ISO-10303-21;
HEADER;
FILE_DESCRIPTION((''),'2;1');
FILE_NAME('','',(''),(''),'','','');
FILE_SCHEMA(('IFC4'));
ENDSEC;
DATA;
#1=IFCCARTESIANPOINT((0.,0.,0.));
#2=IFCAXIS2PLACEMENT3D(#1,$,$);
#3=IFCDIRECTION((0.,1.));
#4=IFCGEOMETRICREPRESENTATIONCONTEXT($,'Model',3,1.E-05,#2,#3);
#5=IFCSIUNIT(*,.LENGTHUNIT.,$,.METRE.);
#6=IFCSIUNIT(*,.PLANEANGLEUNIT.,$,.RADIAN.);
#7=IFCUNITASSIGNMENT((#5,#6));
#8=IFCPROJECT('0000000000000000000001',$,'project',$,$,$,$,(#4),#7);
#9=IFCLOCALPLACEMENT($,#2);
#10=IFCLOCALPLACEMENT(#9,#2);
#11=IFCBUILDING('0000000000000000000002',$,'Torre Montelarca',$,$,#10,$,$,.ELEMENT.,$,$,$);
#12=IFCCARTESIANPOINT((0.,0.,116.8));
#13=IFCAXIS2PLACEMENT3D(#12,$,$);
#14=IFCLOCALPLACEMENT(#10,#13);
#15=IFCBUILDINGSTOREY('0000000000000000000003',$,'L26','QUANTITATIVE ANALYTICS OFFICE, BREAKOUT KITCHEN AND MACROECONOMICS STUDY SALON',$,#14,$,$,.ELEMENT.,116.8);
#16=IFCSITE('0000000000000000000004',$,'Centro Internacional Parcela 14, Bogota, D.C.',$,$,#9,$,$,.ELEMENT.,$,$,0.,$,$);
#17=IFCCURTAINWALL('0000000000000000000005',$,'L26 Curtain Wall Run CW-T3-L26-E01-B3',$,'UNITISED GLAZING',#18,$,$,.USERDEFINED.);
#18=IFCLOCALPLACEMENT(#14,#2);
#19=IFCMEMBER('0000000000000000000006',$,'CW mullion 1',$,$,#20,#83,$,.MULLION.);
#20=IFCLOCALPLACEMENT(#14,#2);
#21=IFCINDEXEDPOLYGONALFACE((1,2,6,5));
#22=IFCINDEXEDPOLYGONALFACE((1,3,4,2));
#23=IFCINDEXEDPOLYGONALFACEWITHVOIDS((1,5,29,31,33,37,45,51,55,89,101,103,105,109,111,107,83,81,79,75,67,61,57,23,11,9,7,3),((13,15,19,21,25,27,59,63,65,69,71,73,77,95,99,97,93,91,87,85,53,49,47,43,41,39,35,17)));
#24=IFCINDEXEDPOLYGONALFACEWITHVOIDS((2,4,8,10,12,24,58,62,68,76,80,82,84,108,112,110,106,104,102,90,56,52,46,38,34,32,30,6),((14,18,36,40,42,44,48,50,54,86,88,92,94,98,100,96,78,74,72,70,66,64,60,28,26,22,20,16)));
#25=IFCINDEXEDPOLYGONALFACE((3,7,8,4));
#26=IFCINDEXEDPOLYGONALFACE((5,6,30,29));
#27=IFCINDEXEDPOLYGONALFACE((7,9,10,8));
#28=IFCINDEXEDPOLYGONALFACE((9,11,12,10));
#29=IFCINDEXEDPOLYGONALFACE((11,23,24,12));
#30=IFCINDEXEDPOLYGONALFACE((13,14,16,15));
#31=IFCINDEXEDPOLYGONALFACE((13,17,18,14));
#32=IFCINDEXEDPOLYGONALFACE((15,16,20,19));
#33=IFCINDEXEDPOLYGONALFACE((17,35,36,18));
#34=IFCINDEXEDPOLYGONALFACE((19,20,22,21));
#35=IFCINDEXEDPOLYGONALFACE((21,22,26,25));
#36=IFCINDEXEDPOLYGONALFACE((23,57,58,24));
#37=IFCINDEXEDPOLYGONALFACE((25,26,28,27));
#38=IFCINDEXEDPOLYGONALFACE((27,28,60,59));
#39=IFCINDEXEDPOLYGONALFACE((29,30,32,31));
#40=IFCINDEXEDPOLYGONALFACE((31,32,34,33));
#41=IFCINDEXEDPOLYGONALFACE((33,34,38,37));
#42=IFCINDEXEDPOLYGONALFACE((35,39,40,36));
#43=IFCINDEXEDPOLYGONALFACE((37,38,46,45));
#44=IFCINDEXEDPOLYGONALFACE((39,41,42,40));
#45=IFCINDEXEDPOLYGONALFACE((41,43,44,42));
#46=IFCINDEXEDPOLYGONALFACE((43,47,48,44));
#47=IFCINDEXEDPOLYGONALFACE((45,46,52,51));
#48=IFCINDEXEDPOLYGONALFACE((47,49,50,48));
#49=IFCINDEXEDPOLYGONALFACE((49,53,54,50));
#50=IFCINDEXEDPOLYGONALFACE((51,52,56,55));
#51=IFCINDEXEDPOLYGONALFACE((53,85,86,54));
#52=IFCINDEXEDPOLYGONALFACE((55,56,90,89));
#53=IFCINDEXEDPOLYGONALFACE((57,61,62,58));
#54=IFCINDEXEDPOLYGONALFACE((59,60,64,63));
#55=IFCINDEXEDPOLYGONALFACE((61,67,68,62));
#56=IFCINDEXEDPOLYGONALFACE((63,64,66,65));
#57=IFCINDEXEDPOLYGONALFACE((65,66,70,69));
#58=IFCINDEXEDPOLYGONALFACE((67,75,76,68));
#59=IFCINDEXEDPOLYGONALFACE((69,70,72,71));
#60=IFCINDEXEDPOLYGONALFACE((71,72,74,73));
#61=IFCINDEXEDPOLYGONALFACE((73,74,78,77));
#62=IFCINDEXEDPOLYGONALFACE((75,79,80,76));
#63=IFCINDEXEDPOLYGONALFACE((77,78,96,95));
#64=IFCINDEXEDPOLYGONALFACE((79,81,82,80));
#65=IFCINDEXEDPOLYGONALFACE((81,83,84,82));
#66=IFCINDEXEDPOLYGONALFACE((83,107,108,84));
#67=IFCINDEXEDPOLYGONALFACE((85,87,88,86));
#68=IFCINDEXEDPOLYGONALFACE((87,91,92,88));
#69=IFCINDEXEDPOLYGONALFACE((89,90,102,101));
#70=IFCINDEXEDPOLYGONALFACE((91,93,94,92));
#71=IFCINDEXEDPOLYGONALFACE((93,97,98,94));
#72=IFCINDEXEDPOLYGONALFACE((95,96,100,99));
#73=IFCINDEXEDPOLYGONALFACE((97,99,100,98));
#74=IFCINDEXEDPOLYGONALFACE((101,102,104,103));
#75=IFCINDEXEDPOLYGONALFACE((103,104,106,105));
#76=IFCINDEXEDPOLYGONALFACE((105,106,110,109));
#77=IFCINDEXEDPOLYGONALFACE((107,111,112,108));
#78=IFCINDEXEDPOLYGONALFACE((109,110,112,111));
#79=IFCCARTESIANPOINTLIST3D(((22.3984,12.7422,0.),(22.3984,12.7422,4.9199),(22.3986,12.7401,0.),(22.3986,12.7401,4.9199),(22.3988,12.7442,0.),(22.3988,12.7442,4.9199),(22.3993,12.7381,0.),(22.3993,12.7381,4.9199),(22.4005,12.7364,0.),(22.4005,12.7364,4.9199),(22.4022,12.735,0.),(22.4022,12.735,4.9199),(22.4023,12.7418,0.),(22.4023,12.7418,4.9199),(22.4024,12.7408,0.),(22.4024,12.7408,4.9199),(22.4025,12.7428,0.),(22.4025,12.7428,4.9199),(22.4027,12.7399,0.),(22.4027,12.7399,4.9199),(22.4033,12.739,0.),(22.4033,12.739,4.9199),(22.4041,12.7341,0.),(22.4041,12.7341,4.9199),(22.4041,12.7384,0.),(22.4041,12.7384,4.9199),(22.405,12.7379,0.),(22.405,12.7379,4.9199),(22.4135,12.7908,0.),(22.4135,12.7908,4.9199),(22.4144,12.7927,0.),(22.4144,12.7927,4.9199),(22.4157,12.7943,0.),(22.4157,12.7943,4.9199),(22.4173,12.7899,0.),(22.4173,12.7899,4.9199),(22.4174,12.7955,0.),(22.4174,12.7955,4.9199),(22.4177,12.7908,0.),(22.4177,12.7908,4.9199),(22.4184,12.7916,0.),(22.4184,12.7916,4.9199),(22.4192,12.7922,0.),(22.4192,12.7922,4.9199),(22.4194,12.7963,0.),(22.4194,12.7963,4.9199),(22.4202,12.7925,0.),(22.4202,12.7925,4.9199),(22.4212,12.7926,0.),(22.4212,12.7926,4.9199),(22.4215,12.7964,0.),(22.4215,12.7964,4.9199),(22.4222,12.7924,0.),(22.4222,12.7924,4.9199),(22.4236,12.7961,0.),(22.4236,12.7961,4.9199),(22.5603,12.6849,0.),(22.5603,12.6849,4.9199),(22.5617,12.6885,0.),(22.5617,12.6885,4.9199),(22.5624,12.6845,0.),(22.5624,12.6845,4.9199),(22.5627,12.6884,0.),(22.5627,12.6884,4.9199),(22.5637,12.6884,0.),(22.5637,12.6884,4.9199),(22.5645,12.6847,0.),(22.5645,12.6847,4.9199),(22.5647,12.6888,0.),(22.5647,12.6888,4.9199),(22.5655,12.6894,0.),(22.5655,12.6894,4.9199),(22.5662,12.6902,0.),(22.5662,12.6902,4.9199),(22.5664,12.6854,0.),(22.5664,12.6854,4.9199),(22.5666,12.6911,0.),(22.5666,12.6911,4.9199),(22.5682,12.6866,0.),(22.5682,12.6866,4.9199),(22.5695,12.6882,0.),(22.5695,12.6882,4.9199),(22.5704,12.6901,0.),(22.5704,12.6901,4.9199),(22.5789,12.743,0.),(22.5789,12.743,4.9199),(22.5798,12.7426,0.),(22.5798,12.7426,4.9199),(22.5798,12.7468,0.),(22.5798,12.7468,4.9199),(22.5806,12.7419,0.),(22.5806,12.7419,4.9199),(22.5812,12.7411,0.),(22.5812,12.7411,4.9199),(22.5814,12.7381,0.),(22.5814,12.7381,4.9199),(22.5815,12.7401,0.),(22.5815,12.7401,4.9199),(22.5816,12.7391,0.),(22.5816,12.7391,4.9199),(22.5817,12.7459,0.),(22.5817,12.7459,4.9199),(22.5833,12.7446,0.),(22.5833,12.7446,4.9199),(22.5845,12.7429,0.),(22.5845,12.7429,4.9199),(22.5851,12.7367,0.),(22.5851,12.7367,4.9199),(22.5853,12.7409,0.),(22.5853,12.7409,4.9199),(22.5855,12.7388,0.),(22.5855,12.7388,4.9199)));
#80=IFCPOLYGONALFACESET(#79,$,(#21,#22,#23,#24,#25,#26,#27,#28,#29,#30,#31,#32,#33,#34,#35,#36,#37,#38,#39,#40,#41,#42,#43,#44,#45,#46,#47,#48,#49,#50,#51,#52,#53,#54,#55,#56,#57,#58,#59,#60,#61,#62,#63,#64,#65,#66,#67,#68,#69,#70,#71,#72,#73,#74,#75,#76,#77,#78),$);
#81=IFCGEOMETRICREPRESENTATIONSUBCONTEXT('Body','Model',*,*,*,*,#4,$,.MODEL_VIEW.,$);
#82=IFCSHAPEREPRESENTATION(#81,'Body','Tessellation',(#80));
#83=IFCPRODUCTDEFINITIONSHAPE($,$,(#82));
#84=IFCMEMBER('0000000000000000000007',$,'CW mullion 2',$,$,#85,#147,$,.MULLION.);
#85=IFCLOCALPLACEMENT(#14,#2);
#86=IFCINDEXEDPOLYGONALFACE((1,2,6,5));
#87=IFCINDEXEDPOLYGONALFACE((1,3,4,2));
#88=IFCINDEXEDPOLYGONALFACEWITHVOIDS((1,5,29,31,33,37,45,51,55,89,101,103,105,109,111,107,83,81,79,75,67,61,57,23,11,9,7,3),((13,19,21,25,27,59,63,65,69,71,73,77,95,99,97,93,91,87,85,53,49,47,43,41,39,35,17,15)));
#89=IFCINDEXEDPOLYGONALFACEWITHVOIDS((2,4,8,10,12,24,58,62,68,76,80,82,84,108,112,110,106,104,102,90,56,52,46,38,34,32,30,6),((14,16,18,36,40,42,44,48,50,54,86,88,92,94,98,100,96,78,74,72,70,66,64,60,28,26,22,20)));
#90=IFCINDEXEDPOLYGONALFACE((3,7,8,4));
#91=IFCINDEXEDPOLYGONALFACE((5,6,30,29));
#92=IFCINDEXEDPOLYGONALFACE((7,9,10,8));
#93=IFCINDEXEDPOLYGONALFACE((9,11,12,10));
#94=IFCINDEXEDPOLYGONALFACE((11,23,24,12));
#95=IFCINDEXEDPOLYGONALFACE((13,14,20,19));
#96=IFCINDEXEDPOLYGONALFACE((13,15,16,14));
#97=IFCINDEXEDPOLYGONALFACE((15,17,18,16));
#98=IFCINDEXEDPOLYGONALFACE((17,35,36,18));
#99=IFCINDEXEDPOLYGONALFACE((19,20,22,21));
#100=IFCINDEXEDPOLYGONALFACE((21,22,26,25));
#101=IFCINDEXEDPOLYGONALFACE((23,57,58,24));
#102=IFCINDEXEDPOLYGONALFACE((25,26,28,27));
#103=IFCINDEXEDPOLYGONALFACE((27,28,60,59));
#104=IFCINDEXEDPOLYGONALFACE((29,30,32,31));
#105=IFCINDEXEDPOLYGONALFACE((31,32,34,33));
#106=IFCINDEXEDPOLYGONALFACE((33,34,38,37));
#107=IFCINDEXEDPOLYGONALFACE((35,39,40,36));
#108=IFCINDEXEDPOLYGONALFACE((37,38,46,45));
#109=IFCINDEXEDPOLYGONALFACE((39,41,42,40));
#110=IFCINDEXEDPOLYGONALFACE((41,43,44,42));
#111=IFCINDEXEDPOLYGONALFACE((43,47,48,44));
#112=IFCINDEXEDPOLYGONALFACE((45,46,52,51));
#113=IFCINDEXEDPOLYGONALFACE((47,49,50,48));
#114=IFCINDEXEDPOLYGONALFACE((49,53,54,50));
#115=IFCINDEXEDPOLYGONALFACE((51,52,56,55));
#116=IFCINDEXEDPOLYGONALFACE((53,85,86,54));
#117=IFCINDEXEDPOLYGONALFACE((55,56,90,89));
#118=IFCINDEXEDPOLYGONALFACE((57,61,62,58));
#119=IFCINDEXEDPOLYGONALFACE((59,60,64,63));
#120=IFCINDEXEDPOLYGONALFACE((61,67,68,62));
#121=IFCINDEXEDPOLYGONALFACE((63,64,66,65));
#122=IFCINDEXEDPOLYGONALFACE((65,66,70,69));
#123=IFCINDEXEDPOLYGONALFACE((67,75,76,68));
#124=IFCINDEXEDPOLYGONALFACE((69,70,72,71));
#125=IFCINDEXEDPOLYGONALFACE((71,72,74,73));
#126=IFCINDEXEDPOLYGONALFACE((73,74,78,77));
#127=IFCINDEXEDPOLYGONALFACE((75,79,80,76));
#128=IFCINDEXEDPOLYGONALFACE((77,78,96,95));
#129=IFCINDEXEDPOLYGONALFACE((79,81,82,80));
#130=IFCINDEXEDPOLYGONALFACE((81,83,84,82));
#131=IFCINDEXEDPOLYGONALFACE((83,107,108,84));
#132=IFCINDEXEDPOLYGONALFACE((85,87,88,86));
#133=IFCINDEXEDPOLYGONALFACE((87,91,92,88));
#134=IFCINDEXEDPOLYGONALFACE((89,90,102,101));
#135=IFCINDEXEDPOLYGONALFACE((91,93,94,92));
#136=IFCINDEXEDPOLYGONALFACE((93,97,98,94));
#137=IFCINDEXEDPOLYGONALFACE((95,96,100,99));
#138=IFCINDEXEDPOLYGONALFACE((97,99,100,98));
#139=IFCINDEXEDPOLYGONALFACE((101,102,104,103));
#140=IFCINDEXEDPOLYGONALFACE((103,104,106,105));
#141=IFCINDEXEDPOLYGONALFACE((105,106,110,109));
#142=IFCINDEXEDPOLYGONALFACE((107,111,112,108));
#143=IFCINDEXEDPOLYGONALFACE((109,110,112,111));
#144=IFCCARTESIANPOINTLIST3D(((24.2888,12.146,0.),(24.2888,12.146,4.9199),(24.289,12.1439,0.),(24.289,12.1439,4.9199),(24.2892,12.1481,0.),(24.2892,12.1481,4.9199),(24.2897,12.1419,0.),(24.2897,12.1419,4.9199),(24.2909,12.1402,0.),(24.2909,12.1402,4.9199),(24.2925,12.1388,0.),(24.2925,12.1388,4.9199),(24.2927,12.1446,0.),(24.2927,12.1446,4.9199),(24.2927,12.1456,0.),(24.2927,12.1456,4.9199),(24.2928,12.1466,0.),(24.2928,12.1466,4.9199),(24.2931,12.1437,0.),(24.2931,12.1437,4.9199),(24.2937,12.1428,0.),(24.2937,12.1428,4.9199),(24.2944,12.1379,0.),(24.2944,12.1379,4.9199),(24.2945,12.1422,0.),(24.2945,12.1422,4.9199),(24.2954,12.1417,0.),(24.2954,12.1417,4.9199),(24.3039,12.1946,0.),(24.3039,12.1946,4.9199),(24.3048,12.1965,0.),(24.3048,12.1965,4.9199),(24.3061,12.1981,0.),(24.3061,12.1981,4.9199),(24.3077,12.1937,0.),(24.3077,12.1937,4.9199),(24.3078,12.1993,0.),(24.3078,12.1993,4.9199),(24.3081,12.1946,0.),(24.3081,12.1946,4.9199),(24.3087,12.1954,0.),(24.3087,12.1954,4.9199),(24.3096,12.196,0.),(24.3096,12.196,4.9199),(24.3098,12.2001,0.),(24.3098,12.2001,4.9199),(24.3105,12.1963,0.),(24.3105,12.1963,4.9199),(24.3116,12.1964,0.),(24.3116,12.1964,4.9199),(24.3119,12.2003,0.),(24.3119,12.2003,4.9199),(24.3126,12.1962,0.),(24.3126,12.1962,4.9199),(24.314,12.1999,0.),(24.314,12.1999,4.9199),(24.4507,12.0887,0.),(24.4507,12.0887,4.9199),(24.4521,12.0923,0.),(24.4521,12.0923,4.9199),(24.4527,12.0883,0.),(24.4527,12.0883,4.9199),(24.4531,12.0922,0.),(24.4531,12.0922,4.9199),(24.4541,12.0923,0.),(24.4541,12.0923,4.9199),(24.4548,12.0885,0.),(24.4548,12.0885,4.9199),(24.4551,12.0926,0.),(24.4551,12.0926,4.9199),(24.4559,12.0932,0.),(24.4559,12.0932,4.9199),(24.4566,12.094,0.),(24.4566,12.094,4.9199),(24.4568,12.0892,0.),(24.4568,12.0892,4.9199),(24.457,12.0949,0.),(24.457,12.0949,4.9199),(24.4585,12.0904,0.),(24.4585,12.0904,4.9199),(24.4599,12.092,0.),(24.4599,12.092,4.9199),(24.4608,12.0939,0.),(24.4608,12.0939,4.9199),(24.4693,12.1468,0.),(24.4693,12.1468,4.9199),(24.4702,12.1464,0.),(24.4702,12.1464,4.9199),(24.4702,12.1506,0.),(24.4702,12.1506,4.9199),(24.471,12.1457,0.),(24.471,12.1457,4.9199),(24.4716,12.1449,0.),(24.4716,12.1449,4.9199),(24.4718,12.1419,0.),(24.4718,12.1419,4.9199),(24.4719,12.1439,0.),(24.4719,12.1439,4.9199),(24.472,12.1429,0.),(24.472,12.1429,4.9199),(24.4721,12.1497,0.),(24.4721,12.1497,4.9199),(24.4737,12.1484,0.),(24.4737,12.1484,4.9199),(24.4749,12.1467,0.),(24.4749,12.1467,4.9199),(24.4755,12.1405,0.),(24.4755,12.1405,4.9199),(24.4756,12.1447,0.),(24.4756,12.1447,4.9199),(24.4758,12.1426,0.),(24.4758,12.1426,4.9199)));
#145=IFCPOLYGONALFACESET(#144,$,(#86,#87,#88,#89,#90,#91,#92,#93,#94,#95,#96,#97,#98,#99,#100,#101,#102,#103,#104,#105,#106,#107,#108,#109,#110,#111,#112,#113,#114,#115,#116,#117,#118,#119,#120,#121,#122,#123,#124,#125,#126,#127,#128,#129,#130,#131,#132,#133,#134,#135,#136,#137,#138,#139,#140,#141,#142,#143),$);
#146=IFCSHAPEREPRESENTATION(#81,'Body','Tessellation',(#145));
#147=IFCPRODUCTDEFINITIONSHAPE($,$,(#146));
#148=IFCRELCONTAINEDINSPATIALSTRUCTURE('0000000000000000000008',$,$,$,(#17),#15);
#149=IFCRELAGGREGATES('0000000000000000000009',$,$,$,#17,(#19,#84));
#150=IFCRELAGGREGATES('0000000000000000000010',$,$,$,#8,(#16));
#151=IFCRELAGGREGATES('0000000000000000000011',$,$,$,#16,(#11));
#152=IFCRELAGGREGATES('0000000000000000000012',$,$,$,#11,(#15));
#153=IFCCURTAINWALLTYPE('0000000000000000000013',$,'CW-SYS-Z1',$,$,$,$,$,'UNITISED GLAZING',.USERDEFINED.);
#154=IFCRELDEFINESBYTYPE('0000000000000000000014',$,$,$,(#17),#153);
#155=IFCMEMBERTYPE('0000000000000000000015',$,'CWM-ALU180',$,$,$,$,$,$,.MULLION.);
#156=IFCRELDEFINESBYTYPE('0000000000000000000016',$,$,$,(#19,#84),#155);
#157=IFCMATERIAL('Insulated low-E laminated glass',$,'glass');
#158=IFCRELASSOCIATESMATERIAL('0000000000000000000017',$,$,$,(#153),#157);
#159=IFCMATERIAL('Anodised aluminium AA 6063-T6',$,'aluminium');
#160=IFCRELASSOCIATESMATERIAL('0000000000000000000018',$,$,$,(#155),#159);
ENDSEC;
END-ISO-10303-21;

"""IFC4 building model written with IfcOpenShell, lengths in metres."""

from ifc_helpers import new_model, si_unit, direction, frame, origin, origin_2d, place, context, subcontext, project, spatial, hollow_rectangle, extrude, source, transform, mapped, material, material_profile, profile_set, type_object, element, aggregate, save


model = new_model("IFC4")

# Units and contexts
model_context = context("Model", 3, precision=1e-05, world=origin(), true_north=direction((0.0, 1.0)))
body_context = subcontext(model_context, "Body", "Model", "MODEL_VIEW")
ifc_project = project(units=[si_unit("LENGTHUNIT", "METRE"), si_unit("PLANEANGLEUNIT", "RADIAN")], contexts=[model_context])

# Site, building, storey
site_placement = place(None, origin())
site = spatial("IfcSite", under=ifc_project, at=site_placement, Name="Centro Internacional Parcela 14, Bogota, D.C.", CompositionType="ELEMENT", RefElevation=0.0)
building_placement = place(site_placement, origin())
building = spatial("IfcBuilding", under=site, at=building_placement, Name="Torre Montelarca", CompositionType="ELEMENT")
storey_placement = place(building_placement, frame((0.0, 0.0, 116.8)))
storey = spatial("IfcBuildingStorey", under=building, at=storey_placement, Name="L26", Description="QUANTITATIVE ANALYTICS OFFICE, BREAKOUT KITCHEN AND MACROECONOMICS STUDY SALON", CompositionType="ELEMENT", Elevation=116.8)

# Curtain wall
ifc_material_1 = material(Name="Insulated low-E laminated glass", Category="glass")
curtain_wall_type = type_object("IfcCurtainWallType", Name="CW-SYS-Z1", ElementType="UNITISED GLAZING", PredefinedType="USERDEFINED", material=ifc_material_1)
curtain_wall_1_placement = place(storey_placement, origin())
curtain_wall_1 = element("IfcCurtainWall", 1, at=curtain_wall_1_placement, inside=storey, type_object=curtain_wall_type, Name="L26 Curtain Wall Run CW-T3-L26-E01-B3", ObjectType="UNITISED GLAZING", PredefinedType="USERDEFINED")
ifc_material_2 = material(Name="Anodised aluminium AA 6063-T6", Category="aluminium")

# Members
ifc_material_profile_1 = material_profile(ifc_material_2, hollow_rectangle(XDim=0.0649, YDim=0.1799, WallThickness=0.0039, InnerFilletRadius=0.0039, OuterFilletRadius=0.0081, at=origin_2d()), Name="ALU65X180X4", Category="aluminium")
ifc_profile_set_1 = profile_set([ifc_material_profile_1], Name="Anodised aluminium AA 6063-T6")
member_type_1 = type_object("IfcMemberType", Name="CWM-ALU180", PredefinedType="MULLION", material=ifc_profile_set_1)
shared_shape_1 = source(origin(), body_context, "Body", "SweptSolid", [
    extrude(hollow_rectangle(XDim=0.0649, YDim=0.1799, WallThickness=0.0039, InnerFilletRadius=0.0039, OuterFilletRadius=0.0081, at=origin_2d()), origin(), (0.0, 0.0, 1.0), 4.9199),
])
member_1_placement = place(storey_placement, frame((22.4919, 12.7405, 0.0), z_axis=(0.0, 0.0, 1.0), x_axis=(0.300706, 0.953717, 0.0)))
member_1 = element("IfcMember", 2, at=member_1_placement, type_object=member_type_1, Name="CW mullion 1", PredefinedType="MULLION", context=body_context, shape_type="MappedRepresentation", body=[
    mapped(shared_shape_1, transform((0.0, 0.0, 0.0), scale=1.0)),
])
member_2_placement = place(storey_placement, frame((24.3823, 12.1443, 0.0), z_axis=(0.0, 0.0, 1.0), x_axis=(0.300706, 0.953717, 0.0)))
member_2 = element("IfcMember", 3, at=member_2_placement, type_object=member_type_1, Name="CW mullion 2", PredefinedType="MULLION", context=body_context, shape_type="MappedRepresentation", body=[
    mapped(shared_shape_1, transform((0.0, 0.0, 0.0), scale=1.0)),
])

aggregate(curtain_wall_1, [member_1, member_2])

save(model, "model.ifc")
